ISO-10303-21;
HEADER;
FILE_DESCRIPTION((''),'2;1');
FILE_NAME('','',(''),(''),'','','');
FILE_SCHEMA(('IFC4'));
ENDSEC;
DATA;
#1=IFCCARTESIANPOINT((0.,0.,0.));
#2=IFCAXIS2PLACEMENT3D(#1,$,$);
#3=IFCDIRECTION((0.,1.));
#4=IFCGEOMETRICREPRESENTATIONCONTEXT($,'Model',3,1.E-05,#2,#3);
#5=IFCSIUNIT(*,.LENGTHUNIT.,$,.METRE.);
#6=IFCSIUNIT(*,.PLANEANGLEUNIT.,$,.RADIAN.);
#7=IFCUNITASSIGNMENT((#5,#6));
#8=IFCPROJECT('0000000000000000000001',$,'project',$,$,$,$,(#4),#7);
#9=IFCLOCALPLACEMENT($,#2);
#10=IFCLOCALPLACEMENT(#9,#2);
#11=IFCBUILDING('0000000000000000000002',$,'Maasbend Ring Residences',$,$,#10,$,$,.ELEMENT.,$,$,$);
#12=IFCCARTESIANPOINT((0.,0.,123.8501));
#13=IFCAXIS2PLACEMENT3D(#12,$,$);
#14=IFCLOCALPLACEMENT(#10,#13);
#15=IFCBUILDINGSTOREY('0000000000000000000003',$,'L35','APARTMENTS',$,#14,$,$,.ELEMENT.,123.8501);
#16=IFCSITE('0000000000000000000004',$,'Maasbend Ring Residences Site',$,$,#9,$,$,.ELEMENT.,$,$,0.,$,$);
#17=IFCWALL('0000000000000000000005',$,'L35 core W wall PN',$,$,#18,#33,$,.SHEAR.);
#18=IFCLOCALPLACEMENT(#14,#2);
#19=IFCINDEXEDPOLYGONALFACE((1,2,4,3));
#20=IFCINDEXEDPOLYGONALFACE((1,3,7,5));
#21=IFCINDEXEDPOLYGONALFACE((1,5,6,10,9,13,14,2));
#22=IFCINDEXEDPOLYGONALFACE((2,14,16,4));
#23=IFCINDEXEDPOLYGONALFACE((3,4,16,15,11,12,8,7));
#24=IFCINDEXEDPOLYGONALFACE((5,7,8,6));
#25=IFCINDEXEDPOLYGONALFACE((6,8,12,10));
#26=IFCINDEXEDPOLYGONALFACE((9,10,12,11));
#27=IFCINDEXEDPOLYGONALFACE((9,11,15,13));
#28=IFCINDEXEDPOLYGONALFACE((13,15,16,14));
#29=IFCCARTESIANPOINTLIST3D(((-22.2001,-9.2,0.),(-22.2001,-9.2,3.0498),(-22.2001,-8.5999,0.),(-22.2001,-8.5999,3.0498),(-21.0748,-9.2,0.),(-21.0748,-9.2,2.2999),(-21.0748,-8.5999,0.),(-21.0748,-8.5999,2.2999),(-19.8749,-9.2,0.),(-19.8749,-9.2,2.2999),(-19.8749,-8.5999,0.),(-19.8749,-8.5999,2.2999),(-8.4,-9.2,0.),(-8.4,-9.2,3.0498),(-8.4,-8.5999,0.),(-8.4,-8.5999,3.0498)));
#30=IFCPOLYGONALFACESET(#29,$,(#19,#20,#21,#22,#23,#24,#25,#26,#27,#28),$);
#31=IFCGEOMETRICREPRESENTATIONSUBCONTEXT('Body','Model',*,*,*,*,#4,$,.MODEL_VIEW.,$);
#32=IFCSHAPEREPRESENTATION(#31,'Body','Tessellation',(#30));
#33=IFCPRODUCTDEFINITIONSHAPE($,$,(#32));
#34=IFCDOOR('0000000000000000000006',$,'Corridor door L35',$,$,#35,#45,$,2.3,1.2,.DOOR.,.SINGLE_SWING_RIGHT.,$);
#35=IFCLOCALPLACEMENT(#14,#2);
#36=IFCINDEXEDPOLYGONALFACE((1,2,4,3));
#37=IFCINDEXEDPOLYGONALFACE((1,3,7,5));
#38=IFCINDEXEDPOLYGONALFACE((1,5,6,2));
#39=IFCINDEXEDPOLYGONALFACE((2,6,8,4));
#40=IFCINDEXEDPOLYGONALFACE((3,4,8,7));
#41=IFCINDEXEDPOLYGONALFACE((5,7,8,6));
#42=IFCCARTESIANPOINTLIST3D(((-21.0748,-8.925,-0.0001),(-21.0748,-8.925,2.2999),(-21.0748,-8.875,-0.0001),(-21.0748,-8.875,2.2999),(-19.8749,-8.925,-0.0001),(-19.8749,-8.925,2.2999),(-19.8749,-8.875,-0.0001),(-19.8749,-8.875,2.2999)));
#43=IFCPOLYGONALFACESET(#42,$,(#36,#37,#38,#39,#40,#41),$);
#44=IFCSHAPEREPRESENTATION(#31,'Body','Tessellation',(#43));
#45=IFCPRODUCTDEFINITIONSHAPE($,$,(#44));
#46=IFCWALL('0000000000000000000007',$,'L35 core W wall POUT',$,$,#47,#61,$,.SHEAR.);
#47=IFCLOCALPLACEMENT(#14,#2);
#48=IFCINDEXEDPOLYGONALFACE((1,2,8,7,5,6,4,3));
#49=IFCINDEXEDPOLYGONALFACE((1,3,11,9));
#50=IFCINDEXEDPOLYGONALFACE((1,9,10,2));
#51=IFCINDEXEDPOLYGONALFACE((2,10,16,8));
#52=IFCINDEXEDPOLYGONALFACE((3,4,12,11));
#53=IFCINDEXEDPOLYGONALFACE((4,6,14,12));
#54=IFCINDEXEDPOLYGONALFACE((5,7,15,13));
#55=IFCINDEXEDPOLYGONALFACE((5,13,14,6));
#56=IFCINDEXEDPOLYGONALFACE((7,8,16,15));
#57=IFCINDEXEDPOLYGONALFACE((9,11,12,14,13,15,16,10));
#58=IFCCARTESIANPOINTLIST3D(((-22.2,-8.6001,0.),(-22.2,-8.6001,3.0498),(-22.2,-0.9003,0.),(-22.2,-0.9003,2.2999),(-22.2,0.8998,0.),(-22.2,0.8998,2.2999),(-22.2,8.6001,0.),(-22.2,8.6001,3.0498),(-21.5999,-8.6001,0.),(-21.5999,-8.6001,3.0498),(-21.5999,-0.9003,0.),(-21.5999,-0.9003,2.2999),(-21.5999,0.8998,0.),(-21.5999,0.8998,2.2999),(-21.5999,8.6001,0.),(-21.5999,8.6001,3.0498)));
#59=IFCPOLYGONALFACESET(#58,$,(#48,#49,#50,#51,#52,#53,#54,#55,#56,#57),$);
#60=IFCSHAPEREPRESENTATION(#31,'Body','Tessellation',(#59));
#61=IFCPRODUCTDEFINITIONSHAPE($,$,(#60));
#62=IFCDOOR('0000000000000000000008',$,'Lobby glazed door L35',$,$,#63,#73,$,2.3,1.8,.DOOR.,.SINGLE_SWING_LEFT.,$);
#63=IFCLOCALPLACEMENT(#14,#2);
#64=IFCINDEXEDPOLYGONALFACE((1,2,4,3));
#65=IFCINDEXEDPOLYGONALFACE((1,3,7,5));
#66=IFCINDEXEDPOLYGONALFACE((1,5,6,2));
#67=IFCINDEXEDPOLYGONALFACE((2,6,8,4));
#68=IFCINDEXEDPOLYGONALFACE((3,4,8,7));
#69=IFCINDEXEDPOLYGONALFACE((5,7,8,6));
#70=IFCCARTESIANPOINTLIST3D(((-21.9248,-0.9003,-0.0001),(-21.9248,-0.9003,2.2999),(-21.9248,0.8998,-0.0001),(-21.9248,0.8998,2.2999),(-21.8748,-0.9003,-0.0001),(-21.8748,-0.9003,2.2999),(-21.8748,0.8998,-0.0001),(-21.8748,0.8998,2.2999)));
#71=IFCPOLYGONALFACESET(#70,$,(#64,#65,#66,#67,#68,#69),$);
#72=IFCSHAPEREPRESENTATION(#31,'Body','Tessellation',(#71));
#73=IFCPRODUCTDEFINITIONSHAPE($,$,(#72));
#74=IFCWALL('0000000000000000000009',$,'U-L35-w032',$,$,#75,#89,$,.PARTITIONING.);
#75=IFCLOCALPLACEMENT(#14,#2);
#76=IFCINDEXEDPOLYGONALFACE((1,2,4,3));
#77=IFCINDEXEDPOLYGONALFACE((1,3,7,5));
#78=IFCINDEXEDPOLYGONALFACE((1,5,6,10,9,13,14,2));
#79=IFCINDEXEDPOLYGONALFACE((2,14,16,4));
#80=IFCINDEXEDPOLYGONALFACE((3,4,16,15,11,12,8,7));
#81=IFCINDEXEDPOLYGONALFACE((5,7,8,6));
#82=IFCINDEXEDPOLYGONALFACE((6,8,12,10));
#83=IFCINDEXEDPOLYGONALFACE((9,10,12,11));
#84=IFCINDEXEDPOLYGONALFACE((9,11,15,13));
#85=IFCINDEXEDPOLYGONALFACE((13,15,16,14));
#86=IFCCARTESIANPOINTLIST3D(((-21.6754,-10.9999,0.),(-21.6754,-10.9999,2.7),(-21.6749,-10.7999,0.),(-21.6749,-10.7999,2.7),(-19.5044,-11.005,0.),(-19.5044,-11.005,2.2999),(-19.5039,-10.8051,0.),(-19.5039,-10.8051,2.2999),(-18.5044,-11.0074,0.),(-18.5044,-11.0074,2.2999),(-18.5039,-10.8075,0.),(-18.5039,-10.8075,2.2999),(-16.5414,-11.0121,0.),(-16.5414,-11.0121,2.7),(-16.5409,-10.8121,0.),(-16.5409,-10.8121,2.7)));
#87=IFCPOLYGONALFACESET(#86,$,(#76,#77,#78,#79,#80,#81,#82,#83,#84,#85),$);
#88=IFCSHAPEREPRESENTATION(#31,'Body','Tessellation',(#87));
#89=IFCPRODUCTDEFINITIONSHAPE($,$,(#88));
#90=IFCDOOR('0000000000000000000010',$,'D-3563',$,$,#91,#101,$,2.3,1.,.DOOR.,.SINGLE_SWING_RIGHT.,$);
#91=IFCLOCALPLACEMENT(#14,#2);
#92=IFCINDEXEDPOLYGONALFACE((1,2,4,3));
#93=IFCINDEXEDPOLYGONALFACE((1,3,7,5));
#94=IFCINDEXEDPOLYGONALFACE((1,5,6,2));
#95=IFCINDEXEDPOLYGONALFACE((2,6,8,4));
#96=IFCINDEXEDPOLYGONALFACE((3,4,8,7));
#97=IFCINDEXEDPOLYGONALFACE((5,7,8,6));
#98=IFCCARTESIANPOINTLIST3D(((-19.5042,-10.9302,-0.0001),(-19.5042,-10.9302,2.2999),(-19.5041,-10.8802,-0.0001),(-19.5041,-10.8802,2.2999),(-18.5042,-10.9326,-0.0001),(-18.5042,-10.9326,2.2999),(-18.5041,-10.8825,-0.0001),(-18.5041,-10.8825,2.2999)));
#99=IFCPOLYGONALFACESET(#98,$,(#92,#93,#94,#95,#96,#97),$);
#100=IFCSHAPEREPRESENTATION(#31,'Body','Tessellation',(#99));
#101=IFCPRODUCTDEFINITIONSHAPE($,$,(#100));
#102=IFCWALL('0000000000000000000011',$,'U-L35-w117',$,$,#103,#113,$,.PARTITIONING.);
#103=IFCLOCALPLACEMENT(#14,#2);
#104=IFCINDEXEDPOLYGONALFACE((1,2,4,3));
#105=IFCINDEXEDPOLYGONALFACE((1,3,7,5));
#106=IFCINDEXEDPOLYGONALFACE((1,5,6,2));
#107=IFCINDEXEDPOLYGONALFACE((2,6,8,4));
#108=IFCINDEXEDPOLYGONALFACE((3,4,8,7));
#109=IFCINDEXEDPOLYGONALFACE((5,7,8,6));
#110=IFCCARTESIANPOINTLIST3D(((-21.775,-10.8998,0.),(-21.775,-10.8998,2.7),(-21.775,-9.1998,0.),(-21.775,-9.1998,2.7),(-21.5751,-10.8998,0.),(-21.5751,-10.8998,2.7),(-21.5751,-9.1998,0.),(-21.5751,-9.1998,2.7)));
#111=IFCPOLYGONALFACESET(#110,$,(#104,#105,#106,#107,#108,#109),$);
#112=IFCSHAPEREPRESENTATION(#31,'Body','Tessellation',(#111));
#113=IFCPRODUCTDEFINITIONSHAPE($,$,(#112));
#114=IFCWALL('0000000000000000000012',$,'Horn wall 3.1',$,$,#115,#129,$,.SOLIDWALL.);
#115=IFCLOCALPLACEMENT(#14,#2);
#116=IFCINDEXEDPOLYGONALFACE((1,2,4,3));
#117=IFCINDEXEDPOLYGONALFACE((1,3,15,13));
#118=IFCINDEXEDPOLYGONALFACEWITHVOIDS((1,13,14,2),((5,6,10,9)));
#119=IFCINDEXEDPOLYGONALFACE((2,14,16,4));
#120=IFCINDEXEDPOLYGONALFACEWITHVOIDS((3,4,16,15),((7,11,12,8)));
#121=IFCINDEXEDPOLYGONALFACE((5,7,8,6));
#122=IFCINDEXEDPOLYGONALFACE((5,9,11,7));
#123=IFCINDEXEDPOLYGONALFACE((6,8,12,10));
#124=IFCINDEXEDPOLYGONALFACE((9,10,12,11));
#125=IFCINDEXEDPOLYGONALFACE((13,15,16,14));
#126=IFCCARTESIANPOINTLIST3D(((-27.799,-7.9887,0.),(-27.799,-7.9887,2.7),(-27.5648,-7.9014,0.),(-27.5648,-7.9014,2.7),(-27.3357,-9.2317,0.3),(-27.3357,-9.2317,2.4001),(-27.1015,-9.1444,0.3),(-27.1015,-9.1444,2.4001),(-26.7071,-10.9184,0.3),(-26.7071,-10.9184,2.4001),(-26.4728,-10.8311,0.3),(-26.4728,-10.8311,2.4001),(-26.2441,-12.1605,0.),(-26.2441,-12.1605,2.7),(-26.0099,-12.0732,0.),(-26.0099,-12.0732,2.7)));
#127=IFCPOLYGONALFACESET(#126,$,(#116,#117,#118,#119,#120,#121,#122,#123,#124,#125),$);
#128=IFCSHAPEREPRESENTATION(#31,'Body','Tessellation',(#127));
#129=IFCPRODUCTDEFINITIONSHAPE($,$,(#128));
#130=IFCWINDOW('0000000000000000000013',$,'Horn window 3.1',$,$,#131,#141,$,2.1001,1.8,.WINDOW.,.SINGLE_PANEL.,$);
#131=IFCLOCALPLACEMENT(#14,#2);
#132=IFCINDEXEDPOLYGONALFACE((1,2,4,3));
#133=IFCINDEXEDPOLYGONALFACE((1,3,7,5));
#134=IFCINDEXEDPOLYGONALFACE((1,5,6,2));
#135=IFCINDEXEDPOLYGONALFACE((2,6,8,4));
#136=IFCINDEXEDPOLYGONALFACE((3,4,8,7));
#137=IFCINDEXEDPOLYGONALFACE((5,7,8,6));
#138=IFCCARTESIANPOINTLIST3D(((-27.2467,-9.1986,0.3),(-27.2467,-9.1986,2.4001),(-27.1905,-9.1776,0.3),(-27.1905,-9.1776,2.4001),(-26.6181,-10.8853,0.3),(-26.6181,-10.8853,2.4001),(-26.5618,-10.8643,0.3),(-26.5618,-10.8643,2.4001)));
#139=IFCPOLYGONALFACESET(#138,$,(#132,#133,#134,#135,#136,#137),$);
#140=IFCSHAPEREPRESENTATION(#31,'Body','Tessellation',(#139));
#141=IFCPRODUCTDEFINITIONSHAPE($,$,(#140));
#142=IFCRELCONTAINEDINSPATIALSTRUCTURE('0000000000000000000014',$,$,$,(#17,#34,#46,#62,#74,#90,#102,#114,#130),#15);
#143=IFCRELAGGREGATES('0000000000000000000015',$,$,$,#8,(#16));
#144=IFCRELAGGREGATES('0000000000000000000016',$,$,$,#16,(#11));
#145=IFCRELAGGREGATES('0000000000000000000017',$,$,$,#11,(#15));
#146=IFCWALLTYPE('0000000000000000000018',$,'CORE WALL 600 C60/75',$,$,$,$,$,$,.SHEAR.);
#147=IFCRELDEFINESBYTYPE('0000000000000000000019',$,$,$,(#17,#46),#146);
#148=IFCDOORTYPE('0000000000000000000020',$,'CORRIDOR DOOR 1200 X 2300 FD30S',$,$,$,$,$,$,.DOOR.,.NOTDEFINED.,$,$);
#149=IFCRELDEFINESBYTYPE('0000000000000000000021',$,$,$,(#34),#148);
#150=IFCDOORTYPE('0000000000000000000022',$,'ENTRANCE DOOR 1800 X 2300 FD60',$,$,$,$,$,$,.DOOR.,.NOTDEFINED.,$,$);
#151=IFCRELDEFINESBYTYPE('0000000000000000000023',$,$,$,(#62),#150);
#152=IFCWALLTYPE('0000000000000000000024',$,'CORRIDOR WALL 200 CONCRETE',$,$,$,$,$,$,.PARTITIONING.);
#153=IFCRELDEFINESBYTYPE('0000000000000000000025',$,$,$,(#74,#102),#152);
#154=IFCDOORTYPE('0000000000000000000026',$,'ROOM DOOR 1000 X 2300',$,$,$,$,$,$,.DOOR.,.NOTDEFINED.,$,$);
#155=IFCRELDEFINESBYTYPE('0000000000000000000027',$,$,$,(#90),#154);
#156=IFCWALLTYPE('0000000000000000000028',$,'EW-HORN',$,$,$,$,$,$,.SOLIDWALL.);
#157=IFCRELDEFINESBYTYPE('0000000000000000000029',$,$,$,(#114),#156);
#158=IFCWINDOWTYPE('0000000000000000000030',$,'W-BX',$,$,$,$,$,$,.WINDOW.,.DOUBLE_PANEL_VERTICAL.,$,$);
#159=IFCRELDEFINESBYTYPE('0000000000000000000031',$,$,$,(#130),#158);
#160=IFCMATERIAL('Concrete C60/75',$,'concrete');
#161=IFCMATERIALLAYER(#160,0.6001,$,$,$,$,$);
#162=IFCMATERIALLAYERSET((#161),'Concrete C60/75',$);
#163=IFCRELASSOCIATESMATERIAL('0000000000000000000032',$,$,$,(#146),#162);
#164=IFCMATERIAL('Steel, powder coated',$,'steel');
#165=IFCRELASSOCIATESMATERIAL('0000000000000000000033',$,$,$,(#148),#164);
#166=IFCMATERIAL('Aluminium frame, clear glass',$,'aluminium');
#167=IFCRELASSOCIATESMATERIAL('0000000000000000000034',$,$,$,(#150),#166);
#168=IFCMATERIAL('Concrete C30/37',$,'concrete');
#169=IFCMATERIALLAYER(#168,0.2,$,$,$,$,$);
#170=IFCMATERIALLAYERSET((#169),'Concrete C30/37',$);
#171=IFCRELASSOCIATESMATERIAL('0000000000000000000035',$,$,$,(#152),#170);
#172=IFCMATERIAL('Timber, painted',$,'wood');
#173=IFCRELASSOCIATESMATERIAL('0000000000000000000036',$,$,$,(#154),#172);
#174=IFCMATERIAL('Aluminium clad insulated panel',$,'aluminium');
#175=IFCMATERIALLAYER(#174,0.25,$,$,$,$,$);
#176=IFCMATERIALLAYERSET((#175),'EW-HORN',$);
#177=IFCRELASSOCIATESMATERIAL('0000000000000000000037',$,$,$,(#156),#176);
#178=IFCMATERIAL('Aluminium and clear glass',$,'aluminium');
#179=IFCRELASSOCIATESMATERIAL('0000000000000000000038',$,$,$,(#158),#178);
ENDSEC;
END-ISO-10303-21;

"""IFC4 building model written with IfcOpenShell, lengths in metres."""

from ifc_helpers import new_model, si_unit, direction, frame, frame_2d, origin, place, context, subcontext, project, spatial, rectangle, extrude, material, layer, layer_set, type_object, element, fill, save


model = new_model("IFC4")

# Units and contexts
model_context = context("Model", 3, precision=1e-05, world=origin(), true_north=direction((0.0, 1.0)))
body_context = subcontext(model_context, "Body", "Model", "MODEL_VIEW")
ifc_project = project(units=[si_unit("LENGTHUNIT", "METRE"), si_unit("PLANEANGLEUNIT", "RADIAN")], contexts=[model_context])

# Site, building, storey
site_placement = place(None, origin())
site = spatial("IfcSite", under=ifc_project, at=site_placement, Name="Maasbend Ring Residences Site", CompositionType="ELEMENT", RefElevation=0.0)
building_placement = place(site_placement, origin())
building = spatial("IfcBuilding", under=site, at=building_placement, Name="Maasbend Ring Residences", CompositionType="ELEMENT")
storey_placement = place(building_placement, frame((0.0, 0.0, 123.8501)))
storey = spatial("IfcBuildingStorey", under=building, at=storey_placement, Name="L35", Description="APARTMENTS", CompositionType="ELEMENT", Elevation=123.8501)

# Walls, openings, doors
ifc_material_1 = material(Name="Concrete C60/75", Category="concrete")
ifc_layer_1 = layer(ifc_material_1, 0.6001)
ifc_layer_set_1 = layer_set([ifc_layer_1], Name="Concrete C60/75")
wall_type_1 = type_object("IfcWallType", Name="CORE WALL 600 C60/75", PredefinedType="SHEAR", material=ifc_layer_set_1)
wall_1_placement = place(storey_placement, frame((-22.2, -8.8999, 0.0), z_axis=(0.0, 0.0, 1.0), x_axis=(1.0, 0.0, 0.0)))
wall_1 = element("IfcWall", 1, at=wall_1_placement, inside=storey, type_object=wall_type_1, Name="L35 core W wall PN", PredefinedType="SHEAR", context=body_context, shape_type="SweptSolid", body=[
    extrude(rectangle(XDim=13.8, YDim=0.6001, at=frame_2d((6.8999, 0.0))), origin(), (0.0, 0.0, 1.0), 3.0498),
])
opening_1_placement = place(wall_1_placement, frame((1.125, 0.0, 0.0)))
opening_1 = element("IfcOpeningElement", 2, at=opening_1_placement, cuts=wall_1, PredefinedType="OPENING", context=body_context, shape_type="SweptSolid", body=[
    extrude(rectangle(XDim=1.2, YDim=2.3, at=frame_2d((0.6001, 1.1499))), frame((0.0, 0.3101, 0.0), z_axis=(0.0, -1.0, 0.0), x_axis=(1.0, 0.0, 0.0)), (0.0, 0.0, 1.0), 0.6201),
])
ifc_material_2 = material(Name="Steel, powder coated", Category="steel")
door_type_1 = type_object("IfcDoorType", Name="CORRIDOR DOOR 1200 X 2300 FD30S", OperationType="NOTDEFINED", PredefinedType="DOOR", material=ifc_material_2)
door_1_placement = place(opening_1_placement, origin())
door_1 = element("IfcDoor", 3, at=door_1_placement, inside=storey, type_object=door_type_1, Name="Corridor door L35", OperationType="SINGLE_SWING_RIGHT", OverallHeight=2.3, OverallWidth=1.2, PredefinedType="DOOR", context=body_context, shape_type="SweptSolid", body=[
    extrude(rectangle(XDim=1.2, YDim=2.3, at=frame_2d((0.6001, 1.1499))), frame((0.0, 0.0249, 0.0), z_axis=(0.0, -1.0, 0.0), x_axis=(1.0, 0.0, 0.0)), (0.0, 0.0, 1.0), 0.05),
])
fill(opening_1, door_1)
wall_2_placement = place(storey_placement, frame((-21.8999, -8.6001, 0.0), z_axis=(0.0, 0.0, 1.0), x_axis=(0.0, 1.0, 0.0)))
wall_2 = element("IfcWall", 4, at=wall_2_placement, inside=storey, type_object=wall_type_1, Name="L35 core W wall POUT", PredefinedType="SHEAR", context=body_context, shape_type="SweptSolid", body=[
    extrude(rectangle(XDim=17.2002, YDim=0.6001, at=frame_2d((8.6001, 0.0))), origin(), (0.0, 0.0, 1.0), 3.0498),
])
opening_2_placement = place(wall_2_placement, frame((7.7, 0.0, 0.0)))
opening_2 = element("IfcOpeningElement", 5, at=opening_2_placement, cuts=wall_2, PredefinedType="OPENING", context=body_context, shape_type="SweptSolid", body=[
    extrude(rectangle(XDim=1.8, YDim=2.3, at=frame_2d((0.8999, 1.1499))), frame((0.0, 0.3101, 0.0), z_axis=(0.0, -1.0, 0.0), x_axis=(1.0, 0.0, 0.0)), (0.0, 0.0, 1.0), 0.6201),
])
ifc_material_3 = material(Name="Aluminium frame, clear glass", Category="aluminium")
door_type_2 = type_object("IfcDoorType", Name="ENTRANCE DOOR 1800 X 2300 FD60", OperationType="NOTDEFINED", PredefinedType="DOOR", material=ifc_material_3)
door_2_placement = place(opening_2_placement, origin())
door_2 = element("IfcDoor", 6, at=door_2_placement, inside=storey, type_object=door_type_2, Name="Lobby glazed door L35", OperationType="SINGLE_SWING_LEFT", OverallHeight=2.3, OverallWidth=1.8, PredefinedType="DOOR", context=body_context, shape_type="SweptSolid", body=[
    extrude(rectangle(XDim=1.8, YDim=2.3, at=frame_2d((0.8999, 1.1499))), frame((0.0, 0.0249, 0.0), z_axis=(0.0, -1.0, 0.0), x_axis=(1.0, 0.0, 0.0)), (0.0, 0.0, 1.0), 0.05),
])
fill(opening_2, door_2)
ifc_material_4 = material(Name="Concrete C30/37", Category="concrete")
ifc_layer_2 = layer(ifc_material_4, 0.2)
ifc_layer_set_2 = layer_set([ifc_layer_2], Name="Concrete C30/37")
wall_type_2 = type_object("IfcWallType", Name="CORRIDOR WALL 200 CONCRETE", PredefinedType="PARTITIONING", material=ifc_layer_set_2)
wall_3_placement = place(storey_placement, frame((-21.675, -10.8999, 0.0), z_axis=(0.0, 0.0, 1.0), x_axis=(0.999997, -0.002378, 0.0)))
wall_3 = element("IfcWall", 7, at=wall_3_placement, inside=storey, type_object=wall_type_2, Name="U-L35-w032", PredefinedType="PARTITIONING", context=body_context, shape_type="SweptSolid", body=[
    extrude(rectangle(XDim=5.134, YDim=0.2, at=frame_2d((2.5669, 0.0))), origin(), (0.0, 0.0, 1.0), 2.7),
])
opening_3_placement = place(wall_3_placement, frame((2.1709, 0.0, 0.0)))
opening_3 = element("IfcOpeningElement", 8, at=opening_3_placement, cuts=wall_3, PredefinedType="OPENING", context=body_context, shape_type="SweptSolid", body=[
    extrude(rectangle(XDim=1.0, YDim=2.3, at=frame_2d((0.5, 1.1499))), frame((0.0, 0.1099, 0.0), z_axis=(0.0, -1.0, 0.0), x_axis=(1.0, 0.0, 0.0)), (0.0, 0.0, 1.0), 0.22),
])
ifc_material_5 = material(Name="Timber, painted", Category="wood")
door_type_3 = type_object("IfcDoorType", Name="ROOM DOOR 1000 X 2300", OperationType="NOTDEFINED", PredefinedType="DOOR", material=ifc_material_5)
door_3_placement = place(opening_3_placement, origin())
door_3 = element("IfcDoor", 9, at=door_3_placement, inside=storey, type_object=door_type_3, Name="D-3563", OperationType="SINGLE_SWING_RIGHT", OverallHeight=2.3, OverallWidth=1.0, PredefinedType="DOOR", context=body_context, shape_type="SweptSolid", body=[
    extrude(rectangle(XDim=1.0, YDim=2.3, at=frame_2d((0.5, 1.1499))), frame((0.0, 0.0249, 0.0), z_axis=(0.0, -1.0, 0.0), x_axis=(1.0, 0.0, 0.0)), (0.0, 0.0, 1.0), 0.05),
])
fill(opening_3, door_3)

# Wall
wall_4_placement = place(storey_placement, frame((-21.675, -10.8999, 0.0), z_axis=(0.0, 0.0, 1.0), x_axis=(0.0, 1.0, 0.0)))
element("IfcWall", 10, at=wall_4_placement, inside=storey, type_object=wall_type_2, Name="U-L35-w117", PredefinedType="PARTITIONING", context=body_context, shape_type="SweptSolid", body=[
    extrude(rectangle(XDim=1.7, YDim=0.2, at=frame_2d((0.8501, 0.0))), origin(), (0.0, 0.0, 1.0), 2.7),
])

# Wall, opening, window
ifc_material_6 = material(Name="Aluminium clad insulated panel", Category="aluminium")
ifc_layer_3 = layer(ifc_material_6, 0.25)
ifc_layer_set_3 = layer_set([ifc_layer_3], Name="EW-HORN")
wall_type_3 = type_object("IfcWallType", Name="EW-HORN", PredefinedType="SOLIDWALL", material=ifc_layer_set_3)
wall_5_placement = place(storey_placement, frame((-27.6819, -7.9451, 0.0), z_axis=(0.0, 0.0, 1.0), x_axis=(0.349248, -0.93703, 0.0)))
wall_5 = element("IfcWall", 11, at=wall_5_placement, inside=storey, type_object=wall_type_3, Name="Horn wall 3.1", PredefinedType="SOLIDWALL", context=body_context, shape_type="SweptSolid", body=[
    extrude(rectangle(XDim=4.4521, YDim=0.25, at=frame_2d((2.2261, 0.0))), origin(), (0.0, 0.0, 1.0), 2.7),
])
opening_4_placement = place(wall_5_placement, frame((1.3267, 0.0, 0.3)))
opening_4 = element("IfcOpeningElement", 12, at=opening_4_placement, cuts=wall_5, PredefinedType="OPENING", context=body_context, shape_type="SweptSolid", body=[
    extrude(rectangle(XDim=1.8, YDim=2.1001, at=frame_2d((0.8999, 1.05))), frame((0.0, 0.135, 0.0), z_axis=(0.0, -1.0, 0.0), x_axis=(1.0, 0.0, 0.0)), (0.0, 0.0, 1.0), 0.27),
])
ifc_material_7 = material(Name="Aluminium and clear glass", Category="aluminium")
window_type = type_object("IfcWindowType", Name="W-BX", PartitioningType="DOUBLE_PANEL_VERTICAL", PredefinedType="WINDOW", material=ifc_material_7)
window_1_placement = place(opening_4_placement, origin())
window_1 = element("IfcWindow", 13, at=window_1_placement, inside=storey, type_object=window_type, Name="Horn window 3.1", OverallHeight=2.1001, OverallWidth=1.8, PartitioningType="SINGLE_PANEL", PredefinedType="WINDOW", context=body_context, shape_type="SweptSolid", body=[
    extrude(rectangle(XDim=1.8, YDim=2.1001, at=frame_2d((0.8999, 1.05))), frame((0.0, 0.03, 0.0), z_axis=(0.0, -1.0, 0.0), x_axis=(1.0, 0.0, 0.0)), (0.0, 0.0, 1.0), 0.0601),
])
fill(opening_4, window_1)

save(model, "model.ifc")
